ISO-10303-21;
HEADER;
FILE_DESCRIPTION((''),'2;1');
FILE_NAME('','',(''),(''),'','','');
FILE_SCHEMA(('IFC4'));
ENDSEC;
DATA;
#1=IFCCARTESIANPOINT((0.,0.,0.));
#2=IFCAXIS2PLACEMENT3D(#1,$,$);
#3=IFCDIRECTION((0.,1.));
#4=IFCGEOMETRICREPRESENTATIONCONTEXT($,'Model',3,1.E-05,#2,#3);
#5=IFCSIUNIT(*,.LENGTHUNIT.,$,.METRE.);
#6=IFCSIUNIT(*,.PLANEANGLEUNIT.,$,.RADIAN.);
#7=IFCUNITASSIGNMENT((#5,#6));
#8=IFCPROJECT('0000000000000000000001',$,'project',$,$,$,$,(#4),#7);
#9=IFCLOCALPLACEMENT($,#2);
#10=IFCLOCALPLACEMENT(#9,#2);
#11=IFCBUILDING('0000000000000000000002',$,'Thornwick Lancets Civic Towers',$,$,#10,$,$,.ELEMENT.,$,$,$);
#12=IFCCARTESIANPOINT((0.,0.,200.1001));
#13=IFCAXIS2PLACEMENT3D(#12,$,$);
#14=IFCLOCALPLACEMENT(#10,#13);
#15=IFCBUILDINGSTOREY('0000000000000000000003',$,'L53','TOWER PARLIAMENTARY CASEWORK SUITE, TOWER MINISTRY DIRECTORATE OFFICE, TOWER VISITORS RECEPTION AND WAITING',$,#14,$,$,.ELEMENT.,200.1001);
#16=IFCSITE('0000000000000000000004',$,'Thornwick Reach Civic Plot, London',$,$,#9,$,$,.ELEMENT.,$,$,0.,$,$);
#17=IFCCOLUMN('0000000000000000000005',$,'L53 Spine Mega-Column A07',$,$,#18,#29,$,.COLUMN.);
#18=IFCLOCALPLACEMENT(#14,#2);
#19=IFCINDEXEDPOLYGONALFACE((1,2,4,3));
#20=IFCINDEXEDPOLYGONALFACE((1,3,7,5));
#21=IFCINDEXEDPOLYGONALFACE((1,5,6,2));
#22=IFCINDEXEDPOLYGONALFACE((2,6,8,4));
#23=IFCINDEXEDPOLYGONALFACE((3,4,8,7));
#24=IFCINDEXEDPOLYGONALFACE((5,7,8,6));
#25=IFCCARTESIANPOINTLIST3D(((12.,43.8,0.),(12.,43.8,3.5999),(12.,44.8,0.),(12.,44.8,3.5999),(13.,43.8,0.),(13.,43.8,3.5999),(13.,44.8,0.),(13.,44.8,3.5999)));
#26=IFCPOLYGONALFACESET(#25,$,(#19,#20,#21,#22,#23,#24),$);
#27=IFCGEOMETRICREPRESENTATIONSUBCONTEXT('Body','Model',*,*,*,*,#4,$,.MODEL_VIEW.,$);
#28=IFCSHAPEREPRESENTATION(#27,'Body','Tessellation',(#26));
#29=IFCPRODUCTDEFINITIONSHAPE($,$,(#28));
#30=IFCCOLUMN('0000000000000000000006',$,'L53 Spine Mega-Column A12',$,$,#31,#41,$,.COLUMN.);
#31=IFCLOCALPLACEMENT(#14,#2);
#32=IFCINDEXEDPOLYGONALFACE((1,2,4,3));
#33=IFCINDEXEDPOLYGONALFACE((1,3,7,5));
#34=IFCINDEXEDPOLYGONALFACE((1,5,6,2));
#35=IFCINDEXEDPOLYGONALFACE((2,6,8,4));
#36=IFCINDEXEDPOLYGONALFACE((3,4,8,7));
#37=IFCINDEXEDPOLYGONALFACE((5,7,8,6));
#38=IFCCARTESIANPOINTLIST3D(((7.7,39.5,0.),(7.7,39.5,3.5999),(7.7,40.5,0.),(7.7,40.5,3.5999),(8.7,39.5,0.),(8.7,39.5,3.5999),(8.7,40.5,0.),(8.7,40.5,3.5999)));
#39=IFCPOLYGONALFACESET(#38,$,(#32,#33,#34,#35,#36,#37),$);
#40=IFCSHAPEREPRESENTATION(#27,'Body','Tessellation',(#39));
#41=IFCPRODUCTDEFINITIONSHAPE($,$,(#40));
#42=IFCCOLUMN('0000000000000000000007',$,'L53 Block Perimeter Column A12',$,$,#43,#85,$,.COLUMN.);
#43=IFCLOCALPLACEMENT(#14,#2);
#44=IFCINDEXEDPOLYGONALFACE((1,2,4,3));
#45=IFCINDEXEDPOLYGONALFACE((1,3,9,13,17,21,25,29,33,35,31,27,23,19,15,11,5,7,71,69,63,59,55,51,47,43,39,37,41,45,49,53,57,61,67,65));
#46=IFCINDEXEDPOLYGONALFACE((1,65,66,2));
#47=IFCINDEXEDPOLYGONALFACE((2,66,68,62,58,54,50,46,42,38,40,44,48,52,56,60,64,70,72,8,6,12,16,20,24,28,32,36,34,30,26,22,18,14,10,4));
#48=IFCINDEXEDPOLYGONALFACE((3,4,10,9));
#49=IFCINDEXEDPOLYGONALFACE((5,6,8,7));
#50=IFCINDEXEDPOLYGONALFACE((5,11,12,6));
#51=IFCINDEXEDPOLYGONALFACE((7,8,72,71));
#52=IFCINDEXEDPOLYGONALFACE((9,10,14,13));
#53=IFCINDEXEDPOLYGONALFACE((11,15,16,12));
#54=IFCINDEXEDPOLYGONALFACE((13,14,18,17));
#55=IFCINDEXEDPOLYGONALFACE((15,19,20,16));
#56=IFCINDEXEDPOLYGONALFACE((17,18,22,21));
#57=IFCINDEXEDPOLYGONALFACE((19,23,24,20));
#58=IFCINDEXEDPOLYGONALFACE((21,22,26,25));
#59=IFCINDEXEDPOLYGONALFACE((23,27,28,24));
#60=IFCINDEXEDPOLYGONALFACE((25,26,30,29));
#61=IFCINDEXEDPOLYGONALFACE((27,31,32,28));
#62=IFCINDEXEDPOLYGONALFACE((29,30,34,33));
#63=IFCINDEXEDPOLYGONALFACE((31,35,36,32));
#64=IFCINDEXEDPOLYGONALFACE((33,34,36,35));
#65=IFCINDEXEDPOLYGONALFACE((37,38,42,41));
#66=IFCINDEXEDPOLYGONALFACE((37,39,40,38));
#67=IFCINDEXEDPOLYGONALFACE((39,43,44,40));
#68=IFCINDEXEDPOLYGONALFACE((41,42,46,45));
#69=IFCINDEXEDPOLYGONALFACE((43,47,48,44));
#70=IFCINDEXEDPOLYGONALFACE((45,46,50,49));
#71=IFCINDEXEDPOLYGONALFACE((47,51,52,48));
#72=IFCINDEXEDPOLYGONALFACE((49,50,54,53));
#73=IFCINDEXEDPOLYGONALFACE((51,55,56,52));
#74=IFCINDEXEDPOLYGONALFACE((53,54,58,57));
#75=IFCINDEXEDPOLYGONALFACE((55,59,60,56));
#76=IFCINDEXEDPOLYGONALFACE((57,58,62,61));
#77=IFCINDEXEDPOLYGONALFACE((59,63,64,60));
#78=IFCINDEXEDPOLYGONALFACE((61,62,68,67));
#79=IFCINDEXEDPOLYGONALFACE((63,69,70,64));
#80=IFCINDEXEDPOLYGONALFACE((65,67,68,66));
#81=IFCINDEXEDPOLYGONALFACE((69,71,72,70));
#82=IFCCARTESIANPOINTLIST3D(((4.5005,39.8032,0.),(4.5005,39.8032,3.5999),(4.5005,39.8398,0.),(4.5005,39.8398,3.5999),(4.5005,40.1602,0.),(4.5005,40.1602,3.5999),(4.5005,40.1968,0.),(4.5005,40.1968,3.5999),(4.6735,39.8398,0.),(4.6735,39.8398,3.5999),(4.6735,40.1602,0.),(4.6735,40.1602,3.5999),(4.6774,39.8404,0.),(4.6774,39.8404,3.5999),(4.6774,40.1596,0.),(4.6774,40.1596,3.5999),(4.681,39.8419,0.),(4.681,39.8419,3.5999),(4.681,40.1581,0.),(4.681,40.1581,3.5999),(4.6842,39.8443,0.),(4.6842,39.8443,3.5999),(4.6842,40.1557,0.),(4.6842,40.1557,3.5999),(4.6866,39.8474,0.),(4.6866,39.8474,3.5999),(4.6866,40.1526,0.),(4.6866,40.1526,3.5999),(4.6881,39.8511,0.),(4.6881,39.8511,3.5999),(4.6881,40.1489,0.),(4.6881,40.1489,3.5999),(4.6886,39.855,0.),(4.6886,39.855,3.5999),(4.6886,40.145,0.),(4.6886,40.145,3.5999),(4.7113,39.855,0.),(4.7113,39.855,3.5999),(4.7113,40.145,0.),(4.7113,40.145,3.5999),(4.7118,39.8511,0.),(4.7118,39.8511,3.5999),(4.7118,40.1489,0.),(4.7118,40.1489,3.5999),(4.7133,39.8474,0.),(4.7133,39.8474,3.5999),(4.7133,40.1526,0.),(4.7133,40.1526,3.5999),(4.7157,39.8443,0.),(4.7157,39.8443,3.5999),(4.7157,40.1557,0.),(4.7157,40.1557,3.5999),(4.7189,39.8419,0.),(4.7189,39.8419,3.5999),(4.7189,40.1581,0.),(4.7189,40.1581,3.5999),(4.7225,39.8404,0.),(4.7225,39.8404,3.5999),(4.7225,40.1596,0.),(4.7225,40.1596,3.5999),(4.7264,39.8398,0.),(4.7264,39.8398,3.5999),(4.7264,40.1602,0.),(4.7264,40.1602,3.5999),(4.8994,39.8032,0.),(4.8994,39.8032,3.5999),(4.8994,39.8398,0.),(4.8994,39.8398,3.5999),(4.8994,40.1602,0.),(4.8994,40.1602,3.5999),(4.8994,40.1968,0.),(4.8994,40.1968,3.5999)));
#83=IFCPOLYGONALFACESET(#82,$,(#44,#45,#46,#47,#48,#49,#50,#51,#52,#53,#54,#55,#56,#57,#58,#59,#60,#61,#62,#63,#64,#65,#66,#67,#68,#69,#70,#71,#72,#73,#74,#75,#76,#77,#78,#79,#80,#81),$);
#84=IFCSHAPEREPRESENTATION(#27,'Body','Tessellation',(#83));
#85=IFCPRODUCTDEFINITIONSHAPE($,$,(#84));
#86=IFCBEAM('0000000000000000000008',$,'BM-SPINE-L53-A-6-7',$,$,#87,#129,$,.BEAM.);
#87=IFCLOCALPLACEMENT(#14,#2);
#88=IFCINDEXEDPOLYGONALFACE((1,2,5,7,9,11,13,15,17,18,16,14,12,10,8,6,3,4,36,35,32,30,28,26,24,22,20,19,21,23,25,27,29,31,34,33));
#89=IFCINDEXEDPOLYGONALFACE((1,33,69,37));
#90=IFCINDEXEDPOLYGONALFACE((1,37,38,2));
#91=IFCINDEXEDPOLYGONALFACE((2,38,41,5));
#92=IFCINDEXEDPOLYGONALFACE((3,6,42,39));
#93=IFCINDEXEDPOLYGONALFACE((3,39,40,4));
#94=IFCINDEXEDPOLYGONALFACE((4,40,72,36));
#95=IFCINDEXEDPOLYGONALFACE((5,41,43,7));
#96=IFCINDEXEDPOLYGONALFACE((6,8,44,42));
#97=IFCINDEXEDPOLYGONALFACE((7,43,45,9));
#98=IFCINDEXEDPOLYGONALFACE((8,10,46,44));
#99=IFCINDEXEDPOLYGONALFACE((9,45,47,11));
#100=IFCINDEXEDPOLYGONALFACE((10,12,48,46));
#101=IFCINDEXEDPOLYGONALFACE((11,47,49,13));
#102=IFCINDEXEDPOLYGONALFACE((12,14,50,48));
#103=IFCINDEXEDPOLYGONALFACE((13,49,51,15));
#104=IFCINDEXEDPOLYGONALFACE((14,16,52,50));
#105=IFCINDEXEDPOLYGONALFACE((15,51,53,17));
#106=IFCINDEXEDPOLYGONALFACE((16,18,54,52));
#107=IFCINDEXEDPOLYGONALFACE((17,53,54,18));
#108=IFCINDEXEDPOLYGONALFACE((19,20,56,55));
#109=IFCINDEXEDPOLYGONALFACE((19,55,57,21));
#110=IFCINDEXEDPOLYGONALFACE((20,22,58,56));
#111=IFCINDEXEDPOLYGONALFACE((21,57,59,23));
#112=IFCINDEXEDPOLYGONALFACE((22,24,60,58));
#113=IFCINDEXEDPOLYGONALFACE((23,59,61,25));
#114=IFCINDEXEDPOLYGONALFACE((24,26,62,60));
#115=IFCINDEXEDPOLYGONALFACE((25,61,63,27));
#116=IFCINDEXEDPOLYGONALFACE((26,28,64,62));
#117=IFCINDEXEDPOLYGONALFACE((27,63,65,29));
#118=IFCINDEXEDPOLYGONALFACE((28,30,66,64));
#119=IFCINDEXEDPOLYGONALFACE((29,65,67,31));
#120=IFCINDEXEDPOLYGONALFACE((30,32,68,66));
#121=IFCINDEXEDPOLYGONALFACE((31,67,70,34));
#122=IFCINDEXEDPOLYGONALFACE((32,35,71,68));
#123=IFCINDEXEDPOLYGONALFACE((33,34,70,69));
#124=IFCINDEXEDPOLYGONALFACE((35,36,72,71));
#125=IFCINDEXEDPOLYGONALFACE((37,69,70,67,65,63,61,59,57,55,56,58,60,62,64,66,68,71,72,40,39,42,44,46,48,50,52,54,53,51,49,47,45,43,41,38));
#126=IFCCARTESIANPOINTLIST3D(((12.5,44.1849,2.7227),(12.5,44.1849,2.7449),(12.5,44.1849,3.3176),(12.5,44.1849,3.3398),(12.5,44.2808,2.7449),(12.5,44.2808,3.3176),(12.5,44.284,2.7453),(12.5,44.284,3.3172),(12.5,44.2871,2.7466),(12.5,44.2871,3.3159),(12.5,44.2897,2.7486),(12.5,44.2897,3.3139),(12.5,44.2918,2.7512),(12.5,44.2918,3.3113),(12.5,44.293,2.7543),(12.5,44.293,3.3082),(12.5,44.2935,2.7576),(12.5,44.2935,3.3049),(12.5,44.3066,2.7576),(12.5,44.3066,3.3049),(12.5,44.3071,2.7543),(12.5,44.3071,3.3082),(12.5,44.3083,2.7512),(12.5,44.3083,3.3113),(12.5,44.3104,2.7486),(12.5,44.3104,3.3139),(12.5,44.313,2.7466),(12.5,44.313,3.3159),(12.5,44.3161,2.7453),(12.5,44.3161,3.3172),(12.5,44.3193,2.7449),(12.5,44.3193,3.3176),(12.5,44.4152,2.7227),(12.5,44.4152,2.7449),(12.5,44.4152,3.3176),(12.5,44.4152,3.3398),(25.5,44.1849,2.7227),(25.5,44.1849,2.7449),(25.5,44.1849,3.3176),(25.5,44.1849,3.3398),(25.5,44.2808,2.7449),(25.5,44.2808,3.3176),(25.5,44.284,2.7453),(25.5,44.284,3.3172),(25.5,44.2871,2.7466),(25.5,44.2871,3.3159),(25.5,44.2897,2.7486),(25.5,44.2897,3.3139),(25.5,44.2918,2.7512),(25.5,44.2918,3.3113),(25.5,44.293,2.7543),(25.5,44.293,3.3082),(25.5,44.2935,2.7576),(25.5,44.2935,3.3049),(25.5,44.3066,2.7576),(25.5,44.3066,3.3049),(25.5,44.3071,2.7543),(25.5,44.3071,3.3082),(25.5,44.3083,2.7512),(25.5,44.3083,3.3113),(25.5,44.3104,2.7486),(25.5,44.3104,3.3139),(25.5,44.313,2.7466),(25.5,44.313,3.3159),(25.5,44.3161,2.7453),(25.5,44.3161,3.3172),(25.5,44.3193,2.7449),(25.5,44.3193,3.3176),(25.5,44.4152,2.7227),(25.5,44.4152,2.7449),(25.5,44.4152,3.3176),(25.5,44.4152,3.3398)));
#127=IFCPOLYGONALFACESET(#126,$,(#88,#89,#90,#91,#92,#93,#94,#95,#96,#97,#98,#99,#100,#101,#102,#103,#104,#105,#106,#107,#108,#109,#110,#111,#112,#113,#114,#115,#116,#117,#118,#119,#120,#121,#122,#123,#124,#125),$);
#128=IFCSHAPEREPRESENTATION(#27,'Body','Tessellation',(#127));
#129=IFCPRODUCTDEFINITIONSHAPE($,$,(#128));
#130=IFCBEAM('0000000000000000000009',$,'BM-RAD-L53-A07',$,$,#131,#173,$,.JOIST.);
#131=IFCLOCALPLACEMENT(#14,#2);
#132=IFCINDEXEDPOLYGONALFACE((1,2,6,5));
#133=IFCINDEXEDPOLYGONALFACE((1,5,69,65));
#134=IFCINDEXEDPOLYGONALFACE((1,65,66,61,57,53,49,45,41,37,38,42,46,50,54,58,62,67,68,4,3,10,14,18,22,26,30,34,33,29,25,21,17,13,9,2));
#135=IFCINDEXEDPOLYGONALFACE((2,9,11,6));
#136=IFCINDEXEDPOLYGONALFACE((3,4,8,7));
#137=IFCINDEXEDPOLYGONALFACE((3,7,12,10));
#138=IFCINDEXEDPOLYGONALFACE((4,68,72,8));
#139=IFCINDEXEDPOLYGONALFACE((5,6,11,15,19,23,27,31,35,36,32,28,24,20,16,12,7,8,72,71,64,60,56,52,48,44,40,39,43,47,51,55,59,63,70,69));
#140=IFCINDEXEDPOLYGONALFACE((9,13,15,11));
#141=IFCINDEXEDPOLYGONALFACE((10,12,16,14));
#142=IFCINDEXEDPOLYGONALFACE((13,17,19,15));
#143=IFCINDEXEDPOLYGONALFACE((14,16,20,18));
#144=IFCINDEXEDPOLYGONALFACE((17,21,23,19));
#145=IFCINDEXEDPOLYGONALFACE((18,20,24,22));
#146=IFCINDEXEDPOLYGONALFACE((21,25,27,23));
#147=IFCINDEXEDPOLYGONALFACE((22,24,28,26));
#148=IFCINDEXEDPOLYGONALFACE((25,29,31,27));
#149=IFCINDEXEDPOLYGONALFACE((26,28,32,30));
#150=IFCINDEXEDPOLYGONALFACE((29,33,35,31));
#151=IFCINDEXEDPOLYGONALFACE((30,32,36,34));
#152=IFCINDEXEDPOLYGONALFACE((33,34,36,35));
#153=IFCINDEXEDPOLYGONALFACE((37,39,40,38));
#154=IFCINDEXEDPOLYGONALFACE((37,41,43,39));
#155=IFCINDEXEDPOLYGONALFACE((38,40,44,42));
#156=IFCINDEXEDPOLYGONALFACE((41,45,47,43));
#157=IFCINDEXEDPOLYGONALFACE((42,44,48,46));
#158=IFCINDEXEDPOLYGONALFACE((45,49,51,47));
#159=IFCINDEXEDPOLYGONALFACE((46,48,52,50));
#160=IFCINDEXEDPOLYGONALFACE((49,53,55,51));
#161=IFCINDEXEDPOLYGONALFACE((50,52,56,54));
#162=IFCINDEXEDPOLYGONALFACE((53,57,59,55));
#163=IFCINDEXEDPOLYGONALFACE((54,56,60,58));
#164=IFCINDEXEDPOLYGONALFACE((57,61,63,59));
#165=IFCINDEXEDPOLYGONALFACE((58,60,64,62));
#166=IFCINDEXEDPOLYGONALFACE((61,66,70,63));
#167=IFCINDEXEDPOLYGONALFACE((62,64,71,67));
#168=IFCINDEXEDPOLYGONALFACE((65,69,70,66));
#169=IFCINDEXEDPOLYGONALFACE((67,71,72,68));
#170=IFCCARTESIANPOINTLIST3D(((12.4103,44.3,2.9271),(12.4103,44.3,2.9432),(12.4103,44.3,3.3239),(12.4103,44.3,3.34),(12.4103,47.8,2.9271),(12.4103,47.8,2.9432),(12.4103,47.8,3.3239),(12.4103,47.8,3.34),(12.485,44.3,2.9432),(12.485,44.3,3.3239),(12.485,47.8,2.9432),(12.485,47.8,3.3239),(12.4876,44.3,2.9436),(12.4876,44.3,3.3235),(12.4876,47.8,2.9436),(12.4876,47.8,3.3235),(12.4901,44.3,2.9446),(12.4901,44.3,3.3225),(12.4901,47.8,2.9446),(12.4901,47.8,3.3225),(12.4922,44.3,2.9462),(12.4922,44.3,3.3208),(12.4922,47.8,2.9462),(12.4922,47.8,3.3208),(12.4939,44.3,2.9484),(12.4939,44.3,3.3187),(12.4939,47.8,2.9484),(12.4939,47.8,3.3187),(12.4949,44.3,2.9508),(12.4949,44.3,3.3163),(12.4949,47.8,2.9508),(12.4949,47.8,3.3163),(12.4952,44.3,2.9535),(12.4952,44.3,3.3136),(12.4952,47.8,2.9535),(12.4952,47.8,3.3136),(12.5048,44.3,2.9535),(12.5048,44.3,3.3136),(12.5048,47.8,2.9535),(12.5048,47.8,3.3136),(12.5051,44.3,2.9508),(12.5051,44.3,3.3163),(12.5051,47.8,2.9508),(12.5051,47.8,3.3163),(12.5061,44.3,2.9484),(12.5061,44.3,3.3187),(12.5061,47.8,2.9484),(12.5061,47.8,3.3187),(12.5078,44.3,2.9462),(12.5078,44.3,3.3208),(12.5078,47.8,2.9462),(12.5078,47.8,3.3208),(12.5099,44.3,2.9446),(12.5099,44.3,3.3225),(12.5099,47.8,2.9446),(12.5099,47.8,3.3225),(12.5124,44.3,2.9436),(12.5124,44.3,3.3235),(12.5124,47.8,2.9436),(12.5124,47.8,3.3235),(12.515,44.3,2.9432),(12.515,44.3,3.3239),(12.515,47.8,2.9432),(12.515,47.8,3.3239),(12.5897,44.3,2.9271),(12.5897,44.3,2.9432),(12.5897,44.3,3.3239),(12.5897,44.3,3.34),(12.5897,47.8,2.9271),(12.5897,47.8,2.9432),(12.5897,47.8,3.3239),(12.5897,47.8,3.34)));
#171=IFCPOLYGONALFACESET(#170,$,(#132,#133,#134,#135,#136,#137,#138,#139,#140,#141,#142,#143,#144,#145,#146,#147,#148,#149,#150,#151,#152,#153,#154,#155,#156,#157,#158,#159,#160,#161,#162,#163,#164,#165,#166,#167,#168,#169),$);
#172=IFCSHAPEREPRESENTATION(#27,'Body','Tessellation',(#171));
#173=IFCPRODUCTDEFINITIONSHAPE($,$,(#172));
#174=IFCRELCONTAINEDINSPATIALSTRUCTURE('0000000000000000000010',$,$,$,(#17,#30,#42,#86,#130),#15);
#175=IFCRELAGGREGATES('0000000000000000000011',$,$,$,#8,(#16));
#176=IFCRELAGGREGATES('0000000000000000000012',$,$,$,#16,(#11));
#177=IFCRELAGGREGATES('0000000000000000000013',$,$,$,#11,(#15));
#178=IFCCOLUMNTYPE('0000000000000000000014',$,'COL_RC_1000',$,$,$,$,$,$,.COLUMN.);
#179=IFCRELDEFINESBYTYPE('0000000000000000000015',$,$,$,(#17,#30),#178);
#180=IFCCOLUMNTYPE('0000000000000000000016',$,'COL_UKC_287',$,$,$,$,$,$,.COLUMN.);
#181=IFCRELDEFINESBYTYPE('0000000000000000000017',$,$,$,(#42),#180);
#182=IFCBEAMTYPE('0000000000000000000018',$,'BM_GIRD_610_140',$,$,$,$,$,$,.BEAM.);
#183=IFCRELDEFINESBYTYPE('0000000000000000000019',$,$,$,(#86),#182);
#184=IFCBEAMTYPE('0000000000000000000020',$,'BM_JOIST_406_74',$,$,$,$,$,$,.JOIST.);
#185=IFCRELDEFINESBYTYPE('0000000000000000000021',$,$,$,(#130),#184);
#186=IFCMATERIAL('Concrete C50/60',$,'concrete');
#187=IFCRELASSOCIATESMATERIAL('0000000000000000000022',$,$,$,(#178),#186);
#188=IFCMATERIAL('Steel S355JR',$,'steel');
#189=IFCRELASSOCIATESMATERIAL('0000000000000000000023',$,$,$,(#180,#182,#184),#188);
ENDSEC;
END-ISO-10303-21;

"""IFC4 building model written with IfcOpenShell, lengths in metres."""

from ifc_helpers import new_model, si_unit, direction, frame, origin, origin_2d, place, context, subcontext, project, spatial, rectangle, i_section, extrude, material, material_profile, profile_set, type_object, element, save


model = new_model("IFC4")

# Units and contexts
model_context = context("Model", 3, precision=1e-05, world=origin(), true_north=direction((0.0, 1.0)))
body_context = subcontext(model_context, "Body", "Model", "MODEL_VIEW")
ifc_project = project(units=[si_unit("LENGTHUNIT", "METRE"), si_unit("PLANEANGLEUNIT", "RADIAN")], contexts=[model_context])

# Site, building, storey
site_placement = place(None, origin())
site = spatial("IfcSite", under=ifc_project, at=site_placement, Name="Thornwick Reach Civic Plot, London", CompositionType="ELEMENT", RefElevation=0.0)
building_placement = place(site_placement, origin())
building = spatial("IfcBuilding", under=site, at=building_placement, Name="Thornwick Lancets Civic Towers", CompositionType="ELEMENT")
storey_placement = place(building_placement, frame((0.0, 0.0, 200.1001)))
storey = spatial("IfcBuildingStorey", under=building, at=storey_placement, Name="L53", Description="TOWER PARLIAMENTARY CASEWORK SUITE, TOWER MINISTRY DIRECTORATE OFFICE, TOWER VISITORS RECEPTION AND WAITING", CompositionType="ELEMENT", Elevation=200.1001)

# Columns
ifc_material_1 = material(Name="Concrete C50/60", Category="concrete")
ifc_material_profile_1 = material_profile(ifc_material_1, rectangle(XDim=1.0, YDim=1.0, at=origin_2d()), Name="RC 1000x1000")
ifc_profile_set_1 = profile_set([ifc_material_profile_1], Name="Concrete C50/60")
column_type_1 = type_object("IfcColumnType", Name="COL_RC_1000", PredefinedType="COLUMN", material=ifc_profile_set_1)
for number, where, z_axis, x_axis, name in (
    (1, (12.5, 44.3, 0.0), (0.0, 0.0, 1.0), (1.0, 0.0, 0.0), "L53 Spine Mega-Column A07"),
    (2, (8.2, 40.0, 0.0), (0.0, 0.0, 1.0), (1.0, 0.0, 0.0), "L53 Spine Mega-Column A12"),
):
    element("IfcColumn", number, at=place(storey_placement, frame(where, z_axis=z_axis, x_axis=x_axis)), inside=storey, type_object=column_type_1, Name=name, PredefinedType="COLUMN", context=body_context, shape_type="SweptSolid", body=[
        extrude(rectangle(XDim=1.0, YDim=1.0, at=origin_2d()), origin(), (0.0, 0.0, 1.0), 3.5999),
    ])
ifc_material_2 = material(Name="Steel S355JR", Category="steel")
ifc_material_profile_2 = material_profile(ifc_material_2, i_section(OverallWidth=0.3989, OverallDepth=0.3936, WebThickness=0.0227, FlangeThickness=0.0366, FilletRadius=0.0151, at=origin_2d()), Name="UKC 356x406x287")
ifc_profile_set_2 = profile_set([ifc_material_profile_2], Name="Steel S355JR")
column_type_2 = type_object("IfcColumnType", Name="COL_UKC_287", PredefinedType="COLUMN", material=ifc_profile_set_2)
column_placement = place(storey_placement, frame((4.7, 40.0, 0.0), z_axis=(0.0, 0.0, 1.0), x_axis=(1.0, 0.0, 0.0)))
element("IfcColumn", 3, at=column_placement, inside=storey, type_object=column_type_2, Name="L53 Block Perimeter Column A12", PredefinedType="COLUMN", context=body_context, shape_type="SweptSolid", body=[
    extrude(i_section(OverallWidth=0.3989, OverallDepth=0.3936, WebThickness=0.0227, FlangeThickness=0.0366, FilletRadius=0.0151, at=origin_2d()), origin(), (0.0, 0.0, 1.0), 3.5999),
])

# Beams
ifc_material_profile_3 = material_profile(ifc_material_2, i_section(OverallWidth=0.2302, OverallDepth=0.6172, WebThickness=0.0132, FlangeThickness=0.0222, FilletRadius=0.0127, at=origin_2d()), Name="UKB 610x229x140")
ifc_profile_set_3 = profile_set([ifc_material_profile_3], Name="Steel S355JR")
beam_type_1 = type_object("IfcBeamType", Name="BM_GIRD_610_140", PredefinedType="BEAM", material=ifc_profile_set_3)
beam_1_placement = place(storey_placement, frame((12.5, 44.3, 3.0312), z_axis=(1.0, 0.0, 0.0), x_axis=(0.0, 1.0, 0.0)))
element("IfcBeam", 4, at=beam_1_placement, inside=storey, type_object=beam_type_1, Name="BM-SPINE-L53-A-6-7", PredefinedType="BEAM", context=body_context, shape_type="SweptSolid", body=[
    extrude(i_section(OverallWidth=0.2302, OverallDepth=0.6172, WebThickness=0.0132, FlangeThickness=0.0222, FilletRadius=0.0127, at=origin_2d()), origin(), (0.0, 0.0, 1.0), 13.0),
])
ifc_material_profile_4 = material_profile(ifc_material_2, i_section(OverallWidth=0.1794, OverallDepth=0.4128, WebThickness=0.0095, FlangeThickness=0.0161, FilletRadius=0.0103, at=origin_2d()), Name="UKB 406x178x74")
ifc_profile_set_4 = profile_set([ifc_material_profile_4], Name="Steel S355JR")
beam_type_2 = type_object("IfcBeamType", Name="BM_JOIST_406_74", PredefinedType="JOIST", material=ifc_profile_set_4)
for number, where, z_axis, x_axis, name in (
    (5, (12.5, 44.3, 3.1335), (0.0, 1.0, 0.0), (-1.0, 0.0, 0.0), "BM-RAD-L53-A07"),
):
    element("IfcBeam", number, at=place(storey_placement, frame(where, z_axis=z_axis, x_axis=x_axis)), inside=storey, type_object=beam_type_2, Name=name, PredefinedType="JOIST", context=body_context, shape_type="SweptSolid", body=[
        extrude(i_section(OverallWidth=0.1794, OverallDepth=0.4128, WebThickness=0.0095, FlangeThickness=0.0161, FilletRadius=0.0103, at=origin_2d()), origin(), (0.0, 0.0, 1.0), 3.5),
    ])

save(model, "model.ifc")
